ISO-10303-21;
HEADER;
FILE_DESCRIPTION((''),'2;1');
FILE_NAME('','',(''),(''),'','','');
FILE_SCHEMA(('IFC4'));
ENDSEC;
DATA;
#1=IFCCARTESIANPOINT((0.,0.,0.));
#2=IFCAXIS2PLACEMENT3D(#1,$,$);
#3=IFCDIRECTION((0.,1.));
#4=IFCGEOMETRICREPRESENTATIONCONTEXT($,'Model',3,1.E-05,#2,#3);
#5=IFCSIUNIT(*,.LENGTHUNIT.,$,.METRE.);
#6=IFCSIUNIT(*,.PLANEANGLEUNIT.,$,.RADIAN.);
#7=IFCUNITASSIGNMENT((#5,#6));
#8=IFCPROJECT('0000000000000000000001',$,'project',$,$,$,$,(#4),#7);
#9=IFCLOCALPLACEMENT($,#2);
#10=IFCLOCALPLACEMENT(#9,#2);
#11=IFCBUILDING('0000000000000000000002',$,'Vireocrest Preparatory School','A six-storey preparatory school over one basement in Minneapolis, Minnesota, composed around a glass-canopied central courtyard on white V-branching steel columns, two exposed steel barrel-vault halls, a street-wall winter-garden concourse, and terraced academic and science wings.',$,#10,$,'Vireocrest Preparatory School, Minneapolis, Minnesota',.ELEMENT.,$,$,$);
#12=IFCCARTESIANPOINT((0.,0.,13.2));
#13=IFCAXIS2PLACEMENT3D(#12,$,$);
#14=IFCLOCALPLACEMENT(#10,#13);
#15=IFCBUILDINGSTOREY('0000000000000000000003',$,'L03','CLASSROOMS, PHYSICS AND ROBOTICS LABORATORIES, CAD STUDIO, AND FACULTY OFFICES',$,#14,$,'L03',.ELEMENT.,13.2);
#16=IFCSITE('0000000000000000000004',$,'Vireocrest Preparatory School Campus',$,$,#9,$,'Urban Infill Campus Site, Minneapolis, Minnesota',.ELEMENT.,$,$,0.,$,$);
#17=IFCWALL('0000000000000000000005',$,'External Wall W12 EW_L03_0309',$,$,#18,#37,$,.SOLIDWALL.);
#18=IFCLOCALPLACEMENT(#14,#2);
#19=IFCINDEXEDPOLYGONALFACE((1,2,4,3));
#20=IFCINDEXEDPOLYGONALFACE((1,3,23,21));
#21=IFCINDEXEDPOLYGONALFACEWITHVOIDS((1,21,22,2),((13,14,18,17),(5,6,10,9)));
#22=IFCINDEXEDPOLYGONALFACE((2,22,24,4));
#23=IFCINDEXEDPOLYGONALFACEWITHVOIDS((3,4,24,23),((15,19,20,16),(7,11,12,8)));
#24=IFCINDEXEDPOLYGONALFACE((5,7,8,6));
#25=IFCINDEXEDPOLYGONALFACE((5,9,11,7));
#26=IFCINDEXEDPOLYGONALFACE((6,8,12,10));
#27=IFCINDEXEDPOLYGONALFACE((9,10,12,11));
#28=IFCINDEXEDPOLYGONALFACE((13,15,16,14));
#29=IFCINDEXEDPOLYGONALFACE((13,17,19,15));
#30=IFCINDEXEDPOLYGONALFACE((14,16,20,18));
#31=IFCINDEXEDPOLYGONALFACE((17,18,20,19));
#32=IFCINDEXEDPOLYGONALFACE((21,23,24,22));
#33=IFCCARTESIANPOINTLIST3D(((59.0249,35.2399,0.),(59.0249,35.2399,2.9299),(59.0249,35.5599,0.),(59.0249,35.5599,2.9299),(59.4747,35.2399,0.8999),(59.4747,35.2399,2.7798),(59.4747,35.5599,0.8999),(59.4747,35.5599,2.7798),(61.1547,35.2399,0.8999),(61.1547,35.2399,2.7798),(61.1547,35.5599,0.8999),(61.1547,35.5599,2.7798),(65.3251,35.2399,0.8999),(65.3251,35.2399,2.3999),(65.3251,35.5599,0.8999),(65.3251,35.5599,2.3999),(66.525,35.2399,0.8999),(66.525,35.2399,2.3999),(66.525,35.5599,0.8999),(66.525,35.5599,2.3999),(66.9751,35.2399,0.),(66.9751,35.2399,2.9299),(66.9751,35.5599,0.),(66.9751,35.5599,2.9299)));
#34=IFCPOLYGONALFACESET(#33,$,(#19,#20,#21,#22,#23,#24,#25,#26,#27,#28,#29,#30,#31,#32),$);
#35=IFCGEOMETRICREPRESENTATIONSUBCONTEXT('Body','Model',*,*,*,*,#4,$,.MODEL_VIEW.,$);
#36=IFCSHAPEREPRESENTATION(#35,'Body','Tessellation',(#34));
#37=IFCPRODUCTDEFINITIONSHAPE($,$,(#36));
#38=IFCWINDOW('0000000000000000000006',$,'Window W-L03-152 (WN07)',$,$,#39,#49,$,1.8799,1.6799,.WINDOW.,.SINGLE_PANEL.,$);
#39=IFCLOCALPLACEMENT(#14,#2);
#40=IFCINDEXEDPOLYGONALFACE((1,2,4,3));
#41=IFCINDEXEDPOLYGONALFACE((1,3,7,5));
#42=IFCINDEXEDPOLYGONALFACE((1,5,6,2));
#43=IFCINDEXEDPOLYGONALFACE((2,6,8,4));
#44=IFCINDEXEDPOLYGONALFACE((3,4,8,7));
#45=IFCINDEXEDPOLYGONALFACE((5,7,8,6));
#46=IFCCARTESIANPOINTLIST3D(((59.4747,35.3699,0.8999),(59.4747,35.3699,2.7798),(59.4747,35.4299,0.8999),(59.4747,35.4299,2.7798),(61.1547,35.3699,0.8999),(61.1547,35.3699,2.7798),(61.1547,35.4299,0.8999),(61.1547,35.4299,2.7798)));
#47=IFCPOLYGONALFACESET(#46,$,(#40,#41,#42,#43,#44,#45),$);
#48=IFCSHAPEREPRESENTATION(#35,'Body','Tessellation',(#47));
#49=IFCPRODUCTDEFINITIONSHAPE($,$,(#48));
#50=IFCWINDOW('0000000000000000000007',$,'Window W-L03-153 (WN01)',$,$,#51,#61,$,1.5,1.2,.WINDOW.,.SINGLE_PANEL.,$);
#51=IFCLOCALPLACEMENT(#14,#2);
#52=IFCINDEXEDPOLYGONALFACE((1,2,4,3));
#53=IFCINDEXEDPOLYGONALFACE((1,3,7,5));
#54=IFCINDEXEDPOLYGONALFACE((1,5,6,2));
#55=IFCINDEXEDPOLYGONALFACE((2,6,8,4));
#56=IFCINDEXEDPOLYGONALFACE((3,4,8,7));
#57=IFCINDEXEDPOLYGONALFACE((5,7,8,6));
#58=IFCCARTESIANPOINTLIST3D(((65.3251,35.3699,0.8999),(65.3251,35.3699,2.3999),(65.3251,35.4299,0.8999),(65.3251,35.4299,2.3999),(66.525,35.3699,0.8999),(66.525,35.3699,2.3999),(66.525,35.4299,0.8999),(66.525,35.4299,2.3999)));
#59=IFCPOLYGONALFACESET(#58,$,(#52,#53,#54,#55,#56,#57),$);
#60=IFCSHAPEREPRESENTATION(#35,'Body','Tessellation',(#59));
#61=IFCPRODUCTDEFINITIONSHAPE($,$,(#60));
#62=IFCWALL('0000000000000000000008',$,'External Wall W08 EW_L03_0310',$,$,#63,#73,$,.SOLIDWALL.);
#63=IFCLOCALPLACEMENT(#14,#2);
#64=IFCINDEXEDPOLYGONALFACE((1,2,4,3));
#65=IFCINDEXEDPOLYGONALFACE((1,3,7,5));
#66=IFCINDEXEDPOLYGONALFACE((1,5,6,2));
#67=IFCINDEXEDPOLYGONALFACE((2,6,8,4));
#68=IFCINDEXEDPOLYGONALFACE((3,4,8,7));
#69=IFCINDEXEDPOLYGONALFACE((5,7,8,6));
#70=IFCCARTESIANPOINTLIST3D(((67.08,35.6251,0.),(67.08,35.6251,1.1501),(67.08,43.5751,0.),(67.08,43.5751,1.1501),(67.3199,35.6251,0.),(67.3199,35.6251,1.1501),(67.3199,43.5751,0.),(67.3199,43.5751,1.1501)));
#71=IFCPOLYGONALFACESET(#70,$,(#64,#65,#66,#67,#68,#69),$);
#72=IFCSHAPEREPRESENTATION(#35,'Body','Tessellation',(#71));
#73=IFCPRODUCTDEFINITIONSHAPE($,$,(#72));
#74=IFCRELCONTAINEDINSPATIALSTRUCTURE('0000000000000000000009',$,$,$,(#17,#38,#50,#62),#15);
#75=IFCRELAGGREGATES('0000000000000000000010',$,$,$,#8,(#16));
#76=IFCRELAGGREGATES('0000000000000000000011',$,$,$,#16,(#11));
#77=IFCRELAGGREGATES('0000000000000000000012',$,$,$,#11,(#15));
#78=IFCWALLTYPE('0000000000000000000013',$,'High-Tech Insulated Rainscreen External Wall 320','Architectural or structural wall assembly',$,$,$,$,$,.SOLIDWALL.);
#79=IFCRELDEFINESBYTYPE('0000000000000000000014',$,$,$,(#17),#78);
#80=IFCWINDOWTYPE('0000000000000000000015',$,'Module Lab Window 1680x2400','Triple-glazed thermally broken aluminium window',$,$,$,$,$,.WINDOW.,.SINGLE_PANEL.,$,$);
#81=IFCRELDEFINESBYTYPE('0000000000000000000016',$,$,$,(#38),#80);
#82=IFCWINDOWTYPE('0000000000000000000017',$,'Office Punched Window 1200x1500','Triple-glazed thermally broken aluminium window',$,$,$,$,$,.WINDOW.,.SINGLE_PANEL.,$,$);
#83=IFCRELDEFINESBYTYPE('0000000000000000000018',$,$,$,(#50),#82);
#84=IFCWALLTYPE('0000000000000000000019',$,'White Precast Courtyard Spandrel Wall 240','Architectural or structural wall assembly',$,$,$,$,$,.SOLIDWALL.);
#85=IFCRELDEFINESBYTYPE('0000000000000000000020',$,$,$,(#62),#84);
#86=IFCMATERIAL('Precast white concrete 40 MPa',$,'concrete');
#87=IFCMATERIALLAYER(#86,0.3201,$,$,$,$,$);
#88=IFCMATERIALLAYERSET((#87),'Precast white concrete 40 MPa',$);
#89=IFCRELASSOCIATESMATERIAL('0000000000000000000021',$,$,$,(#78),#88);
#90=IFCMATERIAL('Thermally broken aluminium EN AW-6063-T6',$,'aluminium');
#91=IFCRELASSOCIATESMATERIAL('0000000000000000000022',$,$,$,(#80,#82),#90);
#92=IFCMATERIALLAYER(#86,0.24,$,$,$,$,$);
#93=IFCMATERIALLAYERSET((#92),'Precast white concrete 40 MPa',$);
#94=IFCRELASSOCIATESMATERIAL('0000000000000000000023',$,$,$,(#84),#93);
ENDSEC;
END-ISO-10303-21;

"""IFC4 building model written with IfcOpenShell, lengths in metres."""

from ifc_helpers import new_model, si_unit, direction, frame, frame_2d, origin, place, context, subcontext, project, spatial, rectangle, extrude, material, layer, layer_set, type_object, element, fill, save


model = new_model("IFC4")

# Units and contexts
model_context = context("Model", 3, precision=1e-05, world=origin(), true_north=direction((0.0, 1.0)))
body_context = subcontext(model_context, "Body", "Model", "MODEL_VIEW")
ifc_project = project(units=[si_unit("LENGTHUNIT", "METRE"), si_unit("PLANEANGLEUNIT", "RADIAN")], contexts=[model_context])

# Site, building, storey
site_placement = place(None, origin())
site = spatial("IfcSite", under=ifc_project, at=site_placement, Name="Vireocrest Preparatory School Campus", LongName="Urban Infill Campus Site, Minneapolis, Minnesota", CompositionType="ELEMENT", RefElevation=0.0)
building_placement = place(site_placement, origin())
building = spatial("IfcBuilding", under=site, at=building_placement, Name="Vireocrest Preparatory School", Description="A six-storey preparatory school over one basement in Minneapolis, Minnesota, composed around a glass-canopied central courtyard on white V-branching steel columns, two exposed steel barrel-vault halls, a street-wall winter-garden concourse, and terraced academic and science wings.", LongName="Vireocrest Preparatory School, Minneapolis, Minnesota", CompositionType="ELEMENT")
storey_placement = place(building_placement, frame((0.0, 0.0, 13.2)))
storey = spatial("IfcBuildingStorey", under=building, at=storey_placement, Name="L03", Description="CLASSROOMS, PHYSICS AND ROBOTICS LABORATORIES, CAD STUDIO, AND FACULTY OFFICES", LongName="L03", CompositionType="ELEMENT", Elevation=13.2)

# Shared definitions
ifc_material_1 = material(Name="Thermally broken aluminium EN AW-6063-T6", Category="aluminium")

# Wall, openings, windows
ifc_material_2 = material(Name="Precast white concrete 40 MPa", Category="concrete")
ifc_layer_1 = layer(ifc_material_2, 0.3201)
ifc_layer_set_1 = layer_set([ifc_layer_1], Name="Precast white concrete 40 MPa")
wall_type_1 = type_object("IfcWallType", Name="High-Tech Insulated Rainscreen External Wall 320", Description="Architectural or structural wall assembly", PredefinedType="SOLIDWALL", material=ifc_layer_set_1)
wall_1_placement = place(storey_placement, frame((59.0249, 35.3999, 0.0), z_axis=(0.0, 0.0, 1.0), x_axis=(1.0, 0.0, 0.0)))
wall_1 = element("IfcWall", 1, at=wall_1_placement, inside=storey, type_object=wall_type_1, Name="External Wall W12 EW_L03_0309", PredefinedType="SOLIDWALL", context=body_context, shape_type="SweptSolid", body=[
    extrude(rectangle(XDim=7.9502, YDim=0.3201, at=frame_2d((3.9751, 0.0))), origin(), (0.0, 0.0, 1.0), 2.9299),
])
opening_1_placement = place(wall_1_placement, frame((0.45, 0.0, 0.8999)))
opening_1 = element("IfcOpeningElement", 2, at=opening_1_placement, cuts=wall_1, PredefinedType="OPENING", context=body_context, shape_type="SweptSolid", body=[
    extrude(rectangle(XDim=1.6799, YDim=1.8799, at=frame_2d((0.8398, 0.9399))), frame((0.0, 0.1699, 0.0), z_axis=(0.0, -1.0, 0.0), x_axis=(1.0, 0.0, 0.0)), (0.0, 0.0, 1.0), 0.3401),
])
opening_2_placement = place(wall_1_placement, frame((6.3, 0.0, 0.8999)))
opening_2 = element("IfcOpeningElement", 3, at=opening_2_placement, cuts=wall_1, PredefinedType="OPENING", context=body_context, shape_type="SweptSolid", body=[
    extrude(rectangle(XDim=1.2, YDim=1.5, at=frame_2d((0.6001, 0.75))), frame((0.0, 0.1699, 0.0), z_axis=(0.0, -1.0, 0.0), x_axis=(1.0, 0.0, 0.0)), (0.0, 0.0, 1.0), 0.3401),
])
window_type_1 = type_object("IfcWindowType", Name="Module Lab Window 1680x2400", Description="Triple-glazed thermally broken aluminium window", PartitioningType="SINGLE_PANEL", PredefinedType="WINDOW", material=ifc_material_1)
window_1_placement = place(opening_1_placement, origin())
window_1 = element("IfcWindow", 4, at=window_1_placement, inside=storey, type_object=window_type_1, Name="Window W-L03-152 (WN07)", OverallHeight=1.8799, OverallWidth=1.6799, PartitioningType="SINGLE_PANEL", PredefinedType="WINDOW", context=body_context, shape_type="SweptSolid", body=[
    extrude(rectangle(XDim=1.6799, YDim=1.8799, at=frame_2d((0.8398, 0.9399))), frame((0.0, 0.03, 0.0), z_axis=(0.0, -1.0, 0.0), x_axis=(1.0, 0.0, 0.0)), (0.0, 0.0, 1.0), 0.0601),
])
fill(opening_1, window_1)
window_type_2 = type_object("IfcWindowType", Name="Office Punched Window 1200x1500", Description="Triple-glazed thermally broken aluminium window", PartitioningType="SINGLE_PANEL", PredefinedType="WINDOW", material=ifc_material_1)
window_2_placement = place(opening_2_placement, origin())
window_2 = element("IfcWindow", 5, at=window_2_placement, inside=storey, type_object=window_type_2, Name="Window W-L03-153 (WN01)", OverallHeight=1.5, OverallWidth=1.2, PartitioningType="SINGLE_PANEL", PredefinedType="WINDOW", context=body_context, shape_type="SweptSolid", body=[
    extrude(rectangle(XDim=1.2, YDim=1.5, at=frame_2d((0.6001, 0.75))), frame((0.0, 0.03, 0.0), z_axis=(0.0, -1.0, 0.0), x_axis=(1.0, 0.0, 0.0)), (0.0, 0.0, 1.0), 0.0601),
])
fill(opening_2, window_2)

# Wall
ifc_layer_2 = layer(ifc_material_2, 0.24)
ifc_layer_set_2 = layer_set([ifc_layer_2], Name="Precast white concrete 40 MPa")
wall_type_2 = type_object("IfcWallType", Name="White Precast Courtyard Spandrel Wall 240", Description="Architectural or structural wall assembly", PredefinedType="SOLIDWALL", material=ifc_layer_set_2)
wall_2_placement = place(storey_placement, frame((67.2, 35.625, 0.0), z_axis=(0.0, 0.0, 1.0), x_axis=(0.0, 1.0, 0.0)))
element("IfcWall", 6, at=wall_2_placement, inside=storey, type_object=wall_type_2, Name="External Wall W08 EW_L03_0310", PredefinedType="SOLIDWALL", context=body_context, shape_type="SweptSolid", body=[
    extrude(rectangle(XDim=7.95, YDim=0.24, at=frame_2d((3.9751, 0.0))), origin(), (0.0, 0.0, 1.0), 1.1501),
])

save(model, "model.ifc")
